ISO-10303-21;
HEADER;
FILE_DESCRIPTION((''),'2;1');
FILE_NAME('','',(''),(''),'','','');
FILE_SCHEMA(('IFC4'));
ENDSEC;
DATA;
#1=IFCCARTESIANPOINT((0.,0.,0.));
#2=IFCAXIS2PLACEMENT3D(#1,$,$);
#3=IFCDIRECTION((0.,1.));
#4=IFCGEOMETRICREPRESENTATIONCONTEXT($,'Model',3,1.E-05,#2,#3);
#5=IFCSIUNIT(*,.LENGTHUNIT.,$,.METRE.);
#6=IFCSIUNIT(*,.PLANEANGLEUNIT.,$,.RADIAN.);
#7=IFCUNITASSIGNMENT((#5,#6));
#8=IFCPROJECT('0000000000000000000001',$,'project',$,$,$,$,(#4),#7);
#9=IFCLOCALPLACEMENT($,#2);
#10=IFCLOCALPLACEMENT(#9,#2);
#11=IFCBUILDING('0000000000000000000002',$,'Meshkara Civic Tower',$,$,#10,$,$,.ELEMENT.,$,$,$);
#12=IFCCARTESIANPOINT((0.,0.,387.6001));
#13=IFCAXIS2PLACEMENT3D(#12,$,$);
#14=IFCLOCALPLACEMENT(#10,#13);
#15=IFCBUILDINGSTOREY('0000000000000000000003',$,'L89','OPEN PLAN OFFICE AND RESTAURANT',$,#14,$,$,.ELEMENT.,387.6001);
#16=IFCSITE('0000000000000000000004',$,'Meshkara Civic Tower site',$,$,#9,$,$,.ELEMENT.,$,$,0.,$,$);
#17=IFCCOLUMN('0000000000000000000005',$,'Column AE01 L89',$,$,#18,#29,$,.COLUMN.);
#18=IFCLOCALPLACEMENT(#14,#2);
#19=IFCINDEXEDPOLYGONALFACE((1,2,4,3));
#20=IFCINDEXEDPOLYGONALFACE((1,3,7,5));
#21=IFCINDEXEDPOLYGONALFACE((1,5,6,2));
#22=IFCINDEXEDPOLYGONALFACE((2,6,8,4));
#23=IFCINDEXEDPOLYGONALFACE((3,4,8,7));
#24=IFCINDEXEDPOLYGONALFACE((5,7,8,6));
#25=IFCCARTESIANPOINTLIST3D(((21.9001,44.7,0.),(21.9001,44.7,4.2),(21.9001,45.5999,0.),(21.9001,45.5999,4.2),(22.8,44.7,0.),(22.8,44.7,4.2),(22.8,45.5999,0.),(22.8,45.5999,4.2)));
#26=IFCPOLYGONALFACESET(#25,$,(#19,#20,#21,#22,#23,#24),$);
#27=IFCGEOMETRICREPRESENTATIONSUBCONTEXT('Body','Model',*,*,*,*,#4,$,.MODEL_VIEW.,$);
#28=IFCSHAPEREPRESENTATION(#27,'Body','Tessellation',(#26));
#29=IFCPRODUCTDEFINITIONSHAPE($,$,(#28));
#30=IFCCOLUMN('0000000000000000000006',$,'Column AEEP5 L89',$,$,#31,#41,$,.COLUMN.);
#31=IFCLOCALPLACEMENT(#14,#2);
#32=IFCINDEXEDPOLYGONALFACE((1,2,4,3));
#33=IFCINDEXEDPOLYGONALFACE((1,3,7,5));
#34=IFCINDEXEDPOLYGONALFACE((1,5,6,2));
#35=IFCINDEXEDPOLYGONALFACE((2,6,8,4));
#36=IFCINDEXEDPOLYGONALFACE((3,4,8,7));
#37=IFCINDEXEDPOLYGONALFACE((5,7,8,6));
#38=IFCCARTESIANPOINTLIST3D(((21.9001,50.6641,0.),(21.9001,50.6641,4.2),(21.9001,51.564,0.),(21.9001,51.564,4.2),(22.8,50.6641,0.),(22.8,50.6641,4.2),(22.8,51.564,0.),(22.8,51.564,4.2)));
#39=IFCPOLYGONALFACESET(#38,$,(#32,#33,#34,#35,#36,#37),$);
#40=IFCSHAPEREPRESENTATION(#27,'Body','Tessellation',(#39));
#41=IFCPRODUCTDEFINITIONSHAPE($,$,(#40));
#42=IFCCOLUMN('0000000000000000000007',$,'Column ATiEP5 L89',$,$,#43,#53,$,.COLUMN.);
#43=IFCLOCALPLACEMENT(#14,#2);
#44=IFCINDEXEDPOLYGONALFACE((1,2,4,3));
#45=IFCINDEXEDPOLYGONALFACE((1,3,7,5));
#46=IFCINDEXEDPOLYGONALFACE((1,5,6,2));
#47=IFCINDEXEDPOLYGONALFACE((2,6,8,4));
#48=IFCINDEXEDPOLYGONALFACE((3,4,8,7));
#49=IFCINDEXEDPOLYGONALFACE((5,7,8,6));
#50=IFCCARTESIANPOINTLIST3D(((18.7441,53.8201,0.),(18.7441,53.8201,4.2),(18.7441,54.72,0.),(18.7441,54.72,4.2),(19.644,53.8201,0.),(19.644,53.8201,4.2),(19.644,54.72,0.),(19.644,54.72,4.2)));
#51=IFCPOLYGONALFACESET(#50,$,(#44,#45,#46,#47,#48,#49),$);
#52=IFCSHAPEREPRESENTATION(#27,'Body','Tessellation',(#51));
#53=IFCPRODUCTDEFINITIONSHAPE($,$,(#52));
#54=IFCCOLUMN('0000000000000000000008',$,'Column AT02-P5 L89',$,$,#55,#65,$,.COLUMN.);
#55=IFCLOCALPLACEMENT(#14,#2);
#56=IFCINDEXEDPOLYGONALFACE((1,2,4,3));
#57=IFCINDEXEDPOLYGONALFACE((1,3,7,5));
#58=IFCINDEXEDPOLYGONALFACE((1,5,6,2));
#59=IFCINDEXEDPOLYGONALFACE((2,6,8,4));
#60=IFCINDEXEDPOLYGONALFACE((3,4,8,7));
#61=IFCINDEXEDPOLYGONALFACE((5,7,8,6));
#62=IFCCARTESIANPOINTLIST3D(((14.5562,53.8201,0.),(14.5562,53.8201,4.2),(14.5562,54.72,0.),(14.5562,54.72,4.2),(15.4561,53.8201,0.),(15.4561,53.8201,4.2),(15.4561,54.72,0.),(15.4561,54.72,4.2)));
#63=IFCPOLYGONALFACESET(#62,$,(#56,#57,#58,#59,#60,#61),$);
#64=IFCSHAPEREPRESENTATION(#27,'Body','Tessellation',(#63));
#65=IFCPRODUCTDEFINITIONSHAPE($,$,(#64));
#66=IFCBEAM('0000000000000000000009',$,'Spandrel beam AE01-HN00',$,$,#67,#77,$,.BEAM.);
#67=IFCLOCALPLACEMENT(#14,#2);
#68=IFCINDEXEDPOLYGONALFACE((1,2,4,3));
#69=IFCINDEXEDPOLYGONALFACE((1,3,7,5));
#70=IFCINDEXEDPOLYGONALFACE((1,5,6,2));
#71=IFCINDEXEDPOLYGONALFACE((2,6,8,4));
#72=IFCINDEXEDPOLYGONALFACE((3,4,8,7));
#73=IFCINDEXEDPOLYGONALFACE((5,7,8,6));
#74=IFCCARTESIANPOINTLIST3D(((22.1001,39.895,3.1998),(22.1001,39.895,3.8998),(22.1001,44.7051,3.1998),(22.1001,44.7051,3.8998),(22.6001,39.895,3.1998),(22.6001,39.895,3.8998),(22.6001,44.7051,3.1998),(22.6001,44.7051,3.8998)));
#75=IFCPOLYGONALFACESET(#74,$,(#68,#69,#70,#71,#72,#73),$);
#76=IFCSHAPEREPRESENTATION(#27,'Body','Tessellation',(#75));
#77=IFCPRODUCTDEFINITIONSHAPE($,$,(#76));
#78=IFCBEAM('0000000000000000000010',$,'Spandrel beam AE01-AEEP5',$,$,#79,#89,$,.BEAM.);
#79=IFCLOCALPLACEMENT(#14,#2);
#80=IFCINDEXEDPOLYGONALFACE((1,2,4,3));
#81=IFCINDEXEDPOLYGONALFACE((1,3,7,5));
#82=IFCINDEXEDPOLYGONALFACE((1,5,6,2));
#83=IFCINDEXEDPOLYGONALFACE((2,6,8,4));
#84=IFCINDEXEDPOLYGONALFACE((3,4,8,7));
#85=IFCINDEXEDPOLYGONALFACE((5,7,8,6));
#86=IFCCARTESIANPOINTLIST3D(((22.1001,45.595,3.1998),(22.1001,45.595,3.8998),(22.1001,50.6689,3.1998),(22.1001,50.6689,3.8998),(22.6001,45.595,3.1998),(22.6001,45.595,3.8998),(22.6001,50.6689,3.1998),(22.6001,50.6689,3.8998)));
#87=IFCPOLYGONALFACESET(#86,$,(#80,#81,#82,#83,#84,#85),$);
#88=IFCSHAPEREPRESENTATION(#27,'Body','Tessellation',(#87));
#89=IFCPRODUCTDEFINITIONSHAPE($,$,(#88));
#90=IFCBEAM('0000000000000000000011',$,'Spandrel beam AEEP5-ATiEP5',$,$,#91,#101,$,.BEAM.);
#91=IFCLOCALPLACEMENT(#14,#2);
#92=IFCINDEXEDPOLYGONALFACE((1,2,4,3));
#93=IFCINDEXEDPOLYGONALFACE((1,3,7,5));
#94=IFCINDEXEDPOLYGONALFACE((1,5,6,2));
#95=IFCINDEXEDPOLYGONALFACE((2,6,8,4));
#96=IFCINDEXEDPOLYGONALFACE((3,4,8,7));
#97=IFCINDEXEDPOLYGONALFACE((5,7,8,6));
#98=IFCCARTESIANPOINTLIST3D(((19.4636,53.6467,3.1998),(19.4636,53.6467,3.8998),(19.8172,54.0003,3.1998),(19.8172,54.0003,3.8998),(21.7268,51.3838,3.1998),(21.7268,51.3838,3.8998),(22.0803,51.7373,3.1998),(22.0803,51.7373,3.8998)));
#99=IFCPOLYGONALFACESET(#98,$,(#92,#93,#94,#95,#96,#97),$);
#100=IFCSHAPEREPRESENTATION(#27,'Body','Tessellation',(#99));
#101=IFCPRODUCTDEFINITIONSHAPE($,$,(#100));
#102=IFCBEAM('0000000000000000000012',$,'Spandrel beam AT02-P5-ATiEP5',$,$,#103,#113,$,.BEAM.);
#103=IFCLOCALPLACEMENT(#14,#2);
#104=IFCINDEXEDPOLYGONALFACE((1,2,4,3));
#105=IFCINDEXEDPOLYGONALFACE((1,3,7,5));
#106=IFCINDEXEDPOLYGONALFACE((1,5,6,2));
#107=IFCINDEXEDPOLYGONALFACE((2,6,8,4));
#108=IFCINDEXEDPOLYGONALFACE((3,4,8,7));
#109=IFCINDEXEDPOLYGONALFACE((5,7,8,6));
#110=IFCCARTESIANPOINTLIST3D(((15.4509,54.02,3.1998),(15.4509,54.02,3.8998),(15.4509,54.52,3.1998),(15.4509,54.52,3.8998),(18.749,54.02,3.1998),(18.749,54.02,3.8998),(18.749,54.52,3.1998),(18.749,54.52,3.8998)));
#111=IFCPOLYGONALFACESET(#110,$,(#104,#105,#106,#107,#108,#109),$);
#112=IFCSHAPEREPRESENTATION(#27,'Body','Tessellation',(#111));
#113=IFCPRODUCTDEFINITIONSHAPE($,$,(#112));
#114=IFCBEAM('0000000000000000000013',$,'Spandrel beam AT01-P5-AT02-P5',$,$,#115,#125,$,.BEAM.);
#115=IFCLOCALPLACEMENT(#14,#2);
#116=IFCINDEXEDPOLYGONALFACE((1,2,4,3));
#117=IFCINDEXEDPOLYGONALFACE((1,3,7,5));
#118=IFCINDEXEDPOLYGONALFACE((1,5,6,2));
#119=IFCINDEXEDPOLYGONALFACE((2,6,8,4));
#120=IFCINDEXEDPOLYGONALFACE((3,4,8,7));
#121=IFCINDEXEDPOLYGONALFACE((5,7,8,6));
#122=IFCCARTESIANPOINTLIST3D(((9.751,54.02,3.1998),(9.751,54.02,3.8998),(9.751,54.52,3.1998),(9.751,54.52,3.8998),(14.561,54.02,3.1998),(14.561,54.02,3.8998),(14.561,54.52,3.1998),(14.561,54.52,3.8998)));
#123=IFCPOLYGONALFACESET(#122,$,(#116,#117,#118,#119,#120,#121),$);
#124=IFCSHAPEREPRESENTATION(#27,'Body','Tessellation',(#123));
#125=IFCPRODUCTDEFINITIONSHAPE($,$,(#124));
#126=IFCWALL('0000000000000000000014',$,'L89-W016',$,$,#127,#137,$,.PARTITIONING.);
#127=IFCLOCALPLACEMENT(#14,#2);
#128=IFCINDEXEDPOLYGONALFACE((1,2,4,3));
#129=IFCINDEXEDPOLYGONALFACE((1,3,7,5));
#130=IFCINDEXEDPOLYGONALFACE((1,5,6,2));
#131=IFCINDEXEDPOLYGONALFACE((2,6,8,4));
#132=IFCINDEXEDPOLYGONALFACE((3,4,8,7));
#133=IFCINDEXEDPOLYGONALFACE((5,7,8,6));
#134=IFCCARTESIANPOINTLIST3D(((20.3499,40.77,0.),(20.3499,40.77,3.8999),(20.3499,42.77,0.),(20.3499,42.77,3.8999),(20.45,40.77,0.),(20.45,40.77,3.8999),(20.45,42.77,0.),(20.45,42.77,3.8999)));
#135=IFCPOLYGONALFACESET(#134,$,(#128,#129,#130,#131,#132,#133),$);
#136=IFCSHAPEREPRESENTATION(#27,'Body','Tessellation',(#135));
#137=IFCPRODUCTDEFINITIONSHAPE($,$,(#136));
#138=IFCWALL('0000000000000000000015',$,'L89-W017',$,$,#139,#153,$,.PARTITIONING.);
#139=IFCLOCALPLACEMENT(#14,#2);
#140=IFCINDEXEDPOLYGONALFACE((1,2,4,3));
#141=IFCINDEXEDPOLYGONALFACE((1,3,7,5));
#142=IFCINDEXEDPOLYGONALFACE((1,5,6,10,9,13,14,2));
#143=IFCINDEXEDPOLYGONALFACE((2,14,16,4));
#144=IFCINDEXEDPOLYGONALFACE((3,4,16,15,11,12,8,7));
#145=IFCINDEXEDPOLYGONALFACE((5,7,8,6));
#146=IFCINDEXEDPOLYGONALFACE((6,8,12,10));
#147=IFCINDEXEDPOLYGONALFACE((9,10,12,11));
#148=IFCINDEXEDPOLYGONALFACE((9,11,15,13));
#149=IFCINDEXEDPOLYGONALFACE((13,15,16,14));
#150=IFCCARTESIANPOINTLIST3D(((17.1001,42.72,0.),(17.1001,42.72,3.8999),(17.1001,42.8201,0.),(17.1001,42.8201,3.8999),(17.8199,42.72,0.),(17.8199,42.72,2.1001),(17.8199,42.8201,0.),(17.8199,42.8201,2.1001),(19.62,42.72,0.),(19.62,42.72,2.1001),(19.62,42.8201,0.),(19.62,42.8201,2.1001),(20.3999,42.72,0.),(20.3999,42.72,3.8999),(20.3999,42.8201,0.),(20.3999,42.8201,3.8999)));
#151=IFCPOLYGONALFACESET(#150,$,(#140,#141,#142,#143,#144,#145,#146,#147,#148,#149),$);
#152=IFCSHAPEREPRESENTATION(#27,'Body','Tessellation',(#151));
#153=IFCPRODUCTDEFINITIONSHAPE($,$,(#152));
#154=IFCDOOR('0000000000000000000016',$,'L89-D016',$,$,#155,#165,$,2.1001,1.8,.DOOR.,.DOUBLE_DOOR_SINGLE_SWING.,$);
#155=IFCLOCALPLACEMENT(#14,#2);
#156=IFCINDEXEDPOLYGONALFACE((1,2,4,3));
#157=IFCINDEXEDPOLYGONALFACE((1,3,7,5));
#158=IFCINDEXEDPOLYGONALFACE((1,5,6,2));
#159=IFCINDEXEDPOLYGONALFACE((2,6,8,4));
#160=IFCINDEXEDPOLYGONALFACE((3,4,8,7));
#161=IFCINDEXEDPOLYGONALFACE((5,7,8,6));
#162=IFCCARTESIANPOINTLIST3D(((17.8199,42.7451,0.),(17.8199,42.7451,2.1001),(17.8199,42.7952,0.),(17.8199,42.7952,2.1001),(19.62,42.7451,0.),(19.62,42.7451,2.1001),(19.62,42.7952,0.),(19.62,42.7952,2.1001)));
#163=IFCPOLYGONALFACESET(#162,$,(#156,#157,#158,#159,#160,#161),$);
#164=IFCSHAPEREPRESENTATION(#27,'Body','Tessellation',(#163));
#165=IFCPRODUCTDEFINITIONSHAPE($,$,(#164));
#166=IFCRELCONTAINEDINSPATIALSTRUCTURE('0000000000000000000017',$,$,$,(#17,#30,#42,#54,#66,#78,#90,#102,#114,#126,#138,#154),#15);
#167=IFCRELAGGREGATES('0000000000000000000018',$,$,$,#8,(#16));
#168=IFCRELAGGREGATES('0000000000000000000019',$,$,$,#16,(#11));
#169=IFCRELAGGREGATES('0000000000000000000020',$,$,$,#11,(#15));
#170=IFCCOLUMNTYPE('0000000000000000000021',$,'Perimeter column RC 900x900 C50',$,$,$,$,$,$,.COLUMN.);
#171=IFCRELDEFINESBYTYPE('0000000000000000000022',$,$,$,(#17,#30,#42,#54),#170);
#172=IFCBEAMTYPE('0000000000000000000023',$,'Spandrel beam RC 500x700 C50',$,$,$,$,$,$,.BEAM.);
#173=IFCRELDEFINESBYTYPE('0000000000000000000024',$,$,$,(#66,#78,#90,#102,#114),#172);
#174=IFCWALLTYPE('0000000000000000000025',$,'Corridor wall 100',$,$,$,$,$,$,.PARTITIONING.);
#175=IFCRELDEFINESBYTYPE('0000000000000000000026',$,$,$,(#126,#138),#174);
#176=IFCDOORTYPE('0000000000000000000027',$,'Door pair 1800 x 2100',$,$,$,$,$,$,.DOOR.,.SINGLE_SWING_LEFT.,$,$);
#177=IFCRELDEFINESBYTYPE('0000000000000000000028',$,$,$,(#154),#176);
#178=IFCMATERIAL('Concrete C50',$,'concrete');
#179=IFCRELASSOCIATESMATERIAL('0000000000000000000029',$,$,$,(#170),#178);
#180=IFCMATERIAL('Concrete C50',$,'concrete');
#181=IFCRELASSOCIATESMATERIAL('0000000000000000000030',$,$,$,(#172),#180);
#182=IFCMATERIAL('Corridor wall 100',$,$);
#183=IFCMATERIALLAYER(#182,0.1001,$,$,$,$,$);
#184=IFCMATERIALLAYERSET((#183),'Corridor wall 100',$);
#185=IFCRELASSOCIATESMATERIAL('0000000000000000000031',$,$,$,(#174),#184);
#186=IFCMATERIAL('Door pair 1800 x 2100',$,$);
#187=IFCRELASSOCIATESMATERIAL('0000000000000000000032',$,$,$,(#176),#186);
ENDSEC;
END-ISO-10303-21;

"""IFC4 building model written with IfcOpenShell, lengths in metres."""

from ifc_helpers import new_model, si_unit, direction, frame, frame_2d, origin, origin_2d, place, context, subcontext, project, spatial, rectangle, extrude, material, layer, layer_set, material_profile, profile_set, type_object, element, fill, save


model = new_model("IFC4")

# Units and contexts
model_context = context("Model", 3, precision=1e-05, world=origin(), true_north=direction((0.0, 1.0)))
body_context = subcontext(model_context, "Body", "Model", "MODEL_VIEW")
ifc_project = project(units=[si_unit("LENGTHUNIT", "METRE"), si_unit("PLANEANGLEUNIT", "RADIAN")], contexts=[model_context])

# Site, building, storey
site_placement = place(None, origin())
site = spatial("IfcSite", under=ifc_project, at=site_placement, Name="Meshkara Civic Tower site", CompositionType="ELEMENT", RefElevation=0.0)
building_placement = place(site_placement, origin())
building = spatial("IfcBuilding", under=site, at=building_placement, Name="Meshkara Civic Tower", CompositionType="ELEMENT")
storey_placement = place(building_placement, frame((0.0, 0.0, 387.6001)))
storey = spatial("IfcBuildingStorey", under=building, at=storey_placement, Name="L89", Description="OPEN PLAN OFFICE AND RESTAURANT", CompositionType="ELEMENT", Elevation=387.6001)

# Columns
ifc_material_1 = material(Name="Concrete C50", Category="concrete")
ifc_material_profile_1 = material_profile(ifc_material_1, rectangle(XDim=0.8999, YDim=0.8999, at=origin_2d()))
ifc_profile_set_1 = profile_set([ifc_material_profile_1], Name="Concrete C50")
column_type = type_object("IfcColumnType", Name="Perimeter column RC 900x900 C50", PredefinedType="COLUMN", material=ifc_profile_set_1)
for number, where, z_axis, x_axis, name in (
    (1, (22.3501, 45.1499, 0.0), (0.0, 0.0, 1.0), (1.0, 0.0, 0.0), "Column AE01 L89"),
    (2, (22.3501, 51.114, 0.0), (0.0, 0.0, 1.0), (1.0, 0.0, 0.0), "Column AEEP5 L89"),
    (3, (19.1941, 54.27, 0.0), (0.0, 0.0, 1.0), (1.0, 0.0, 0.0), "Column ATiEP5 L89"),
    (4, (15.0061, 54.27, 0.0), (0.0, 0.0, 1.0), (1.0, 0.0, 0.0), "Column AT02-P5 L89"),
):
    element("IfcColumn", number, at=place(storey_placement, frame(where, z_axis=z_axis, x_axis=x_axis)), inside=storey, type_object=column_type, Name=name, PredefinedType="COLUMN", context=body_context, shape_type="SweptSolid", body=[
        extrude(rectangle(XDim=0.8999, YDim=0.8999, at=origin_2d()), origin(), (0.0, 0.0, 1.0), 4.2),
    ])

# Beams
ifc_material_2 = material(Name="Concrete C50", Category="concrete")
ifc_material_profile_2 = material_profile(ifc_material_2, rectangle(XDim=0.5, YDim=0.7, at=origin_2d()))
ifc_profile_set_2 = profile_set([ifc_material_profile_2], Name="Concrete C50")
beam_type = type_object("IfcBeamType", Name="Spandrel beam RC 500x700 C50", PredefinedType="BEAM", material=ifc_profile_set_2)
beam_1_placement = place(storey_placement, frame((22.3501, 39.895, 3.5498), z_axis=(0.0, 1.0, 0.0), x_axis=(-1.0, 0.0, 0.0)))
element("IfcBeam", 5, at=beam_1_placement, inside=storey, type_object=beam_type, Name="Spandrel beam AE01-HN00", PredefinedType="BEAM", context=body_context, shape_type="SweptSolid", body=[
    extrude(rectangle(XDim=0.5, YDim=0.7, at=origin_2d()), origin(), (0.0, 0.0, 1.0), 4.8101),
])
beam_2_placement = place(storey_placement, frame((22.3501, 45.595, 3.5498), z_axis=(0.0, 1.0, 0.0), x_axis=(-1.0, 0.0, 0.0)))
element("IfcBeam", 6, at=beam_2_placement, inside=storey, type_object=beam_type, Name="Spandrel beam AE01-AEEP5", PredefinedType="BEAM", context=body_context, shape_type="SweptSolid", body=[
    extrude(rectangle(XDim=0.5, YDim=0.7, at=origin_2d()), origin(), (0.0, 0.0, 1.0), 5.074),
])
beam_3_placement = place(storey_placement, frame((21.9036, 51.5605, 3.5498), z_axis=(-0.707145, 0.707069, 0.0), x_axis=(-0.707069, -0.707145, 0.0)))
element("IfcBeam", 7, at=beam_3_placement, inside=storey, type_object=beam_type, Name="Spandrel beam AEEP5-ATiEP5", PredefinedType="BEAM", context=body_context, shape_type="SweptSolid", body=[
    extrude(rectangle(XDim=0.5, YDim=0.7, at=origin_2d()), origin(), (0.0, 0.0, 1.0), 3.2004),
])
beam_4_placement = place(storey_placement, frame((18.749, 54.27, 3.5498), z_axis=(-1.0, 0.0, 0.0), x_axis=(0.0, -1.0, 0.0)))
element("IfcBeam", 8, at=beam_4_placement, inside=storey, type_object=beam_type, Name="Spandrel beam AT02-P5-ATiEP5", PredefinedType="BEAM", context=body_context, shape_type="SweptSolid", body=[
    extrude(rectangle(XDim=0.5, YDim=0.7, at=origin_2d()), origin(), (0.0, 0.0, 1.0), 3.2981),
])
beam_5_placement = place(storey_placement, frame((14.561, 54.27, 3.5498), z_axis=(-1.0, 0.0, 0.0), x_axis=(0.0, -1.0, 0.0)))
element("IfcBeam", 9, at=beam_5_placement, inside=storey, type_object=beam_type, Name="Spandrel beam AT01-P5-AT02-P5", PredefinedType="BEAM", context=body_context, shape_type="SweptSolid", body=[
    extrude(rectangle(XDim=0.5, YDim=0.7, at=origin_2d()), origin(), (0.0, 0.0, 1.0), 4.8101),
])

# Wall
ifc_material_3 = material(Name="Corridor wall 100")
ifc_layer_1 = layer(ifc_material_3, 0.1001)
ifc_layer_set_1 = layer_set([ifc_layer_1], Name="Corridor wall 100")
wall_type_1 = type_object("IfcWallType", Name="Corridor wall 100", PredefinedType="PARTITIONING", material=ifc_layer_set_1)
wall_1_placement = place(storey_placement, frame((20.3999, 40.77, 0.0), z_axis=(0.0, 0.0, 1.0), x_axis=(0.0, 1.0, 0.0)))
element("IfcWall", 10, at=wall_1_placement, inside=storey, type_object=wall_type_1, Name="L89-W016", PredefinedType="PARTITIONING", context=body_context, shape_type="SweptSolid", body=[
    extrude(rectangle(XDim=2.0, YDim=0.1001, at=frame_2d((1.0, 0.0))), origin(), (0.0, 0.0, 1.0), 3.8999),
])

# Wall, opening, door
wall_2_placement = place(storey_placement, frame((20.3999, 42.77, 0.0), z_axis=(0.0, 0.0, 1.0), x_axis=(-1.0, 0.0, 0.0)))
wall_2 = element("IfcWall", 11, at=wall_2_placement, inside=storey, type_object=wall_type_1, Name="L89-W017", PredefinedType="PARTITIONING", context=body_context, shape_type="SweptSolid", body=[
    extrude(rectangle(XDim=3.2998, YDim=0.1001, at=frame_2d((1.6499, 0.0))), origin(), (0.0, 0.0, 1.0), 3.8999),
])
opening_1_placement = place(wall_2_placement, frame((0.78, 0.0, 0.0)))
opening_1 = element("IfcOpeningElement", 12, at=opening_1_placement, cuts=wall_2, PredefinedType="OPENING", context=body_context, shape_type="SweptSolid", body=[
    extrude(rectangle(XDim=1.8, YDim=2.1001, at=frame_2d((0.8999, 1.05))), frame((0.0, 0.0601, 0.0), z_axis=(0.0, -1.0, 0.0), x_axis=(1.0, 0.0, 0.0)), (0.0, 0.0, 1.0), 0.1201),
])
ifc_material_4 = material(Name="Door pair 1800 x 2100")
door_type = type_object("IfcDoorType", Name="Door pair 1800 x 2100", OperationType="SINGLE_SWING_LEFT", PredefinedType="DOOR", material=ifc_material_4)
door_placement = place(opening_1_placement, origin())
door = element("IfcDoor", 13, at=door_placement, inside=storey, type_object=door_type, Name="L89-D016", OperationType="DOUBLE_DOOR_SINGLE_SWING", OverallHeight=2.1001, OverallWidth=1.8, PredefinedType="DOOR", context=body_context, shape_type="SweptSolid", body=[
    extrude(rectangle(XDim=1.8, YDim=2.1001, at=frame_2d((0.8999, 1.05))), frame((0.0, 0.0249, 0.0), z_axis=(0.0, -1.0, 0.0), x_axis=(1.0, 0.0, 0.0)), (0.0, 0.0, 1.0), 0.05),
])
fill(opening_1, door)

save(model, "model.ifc")
